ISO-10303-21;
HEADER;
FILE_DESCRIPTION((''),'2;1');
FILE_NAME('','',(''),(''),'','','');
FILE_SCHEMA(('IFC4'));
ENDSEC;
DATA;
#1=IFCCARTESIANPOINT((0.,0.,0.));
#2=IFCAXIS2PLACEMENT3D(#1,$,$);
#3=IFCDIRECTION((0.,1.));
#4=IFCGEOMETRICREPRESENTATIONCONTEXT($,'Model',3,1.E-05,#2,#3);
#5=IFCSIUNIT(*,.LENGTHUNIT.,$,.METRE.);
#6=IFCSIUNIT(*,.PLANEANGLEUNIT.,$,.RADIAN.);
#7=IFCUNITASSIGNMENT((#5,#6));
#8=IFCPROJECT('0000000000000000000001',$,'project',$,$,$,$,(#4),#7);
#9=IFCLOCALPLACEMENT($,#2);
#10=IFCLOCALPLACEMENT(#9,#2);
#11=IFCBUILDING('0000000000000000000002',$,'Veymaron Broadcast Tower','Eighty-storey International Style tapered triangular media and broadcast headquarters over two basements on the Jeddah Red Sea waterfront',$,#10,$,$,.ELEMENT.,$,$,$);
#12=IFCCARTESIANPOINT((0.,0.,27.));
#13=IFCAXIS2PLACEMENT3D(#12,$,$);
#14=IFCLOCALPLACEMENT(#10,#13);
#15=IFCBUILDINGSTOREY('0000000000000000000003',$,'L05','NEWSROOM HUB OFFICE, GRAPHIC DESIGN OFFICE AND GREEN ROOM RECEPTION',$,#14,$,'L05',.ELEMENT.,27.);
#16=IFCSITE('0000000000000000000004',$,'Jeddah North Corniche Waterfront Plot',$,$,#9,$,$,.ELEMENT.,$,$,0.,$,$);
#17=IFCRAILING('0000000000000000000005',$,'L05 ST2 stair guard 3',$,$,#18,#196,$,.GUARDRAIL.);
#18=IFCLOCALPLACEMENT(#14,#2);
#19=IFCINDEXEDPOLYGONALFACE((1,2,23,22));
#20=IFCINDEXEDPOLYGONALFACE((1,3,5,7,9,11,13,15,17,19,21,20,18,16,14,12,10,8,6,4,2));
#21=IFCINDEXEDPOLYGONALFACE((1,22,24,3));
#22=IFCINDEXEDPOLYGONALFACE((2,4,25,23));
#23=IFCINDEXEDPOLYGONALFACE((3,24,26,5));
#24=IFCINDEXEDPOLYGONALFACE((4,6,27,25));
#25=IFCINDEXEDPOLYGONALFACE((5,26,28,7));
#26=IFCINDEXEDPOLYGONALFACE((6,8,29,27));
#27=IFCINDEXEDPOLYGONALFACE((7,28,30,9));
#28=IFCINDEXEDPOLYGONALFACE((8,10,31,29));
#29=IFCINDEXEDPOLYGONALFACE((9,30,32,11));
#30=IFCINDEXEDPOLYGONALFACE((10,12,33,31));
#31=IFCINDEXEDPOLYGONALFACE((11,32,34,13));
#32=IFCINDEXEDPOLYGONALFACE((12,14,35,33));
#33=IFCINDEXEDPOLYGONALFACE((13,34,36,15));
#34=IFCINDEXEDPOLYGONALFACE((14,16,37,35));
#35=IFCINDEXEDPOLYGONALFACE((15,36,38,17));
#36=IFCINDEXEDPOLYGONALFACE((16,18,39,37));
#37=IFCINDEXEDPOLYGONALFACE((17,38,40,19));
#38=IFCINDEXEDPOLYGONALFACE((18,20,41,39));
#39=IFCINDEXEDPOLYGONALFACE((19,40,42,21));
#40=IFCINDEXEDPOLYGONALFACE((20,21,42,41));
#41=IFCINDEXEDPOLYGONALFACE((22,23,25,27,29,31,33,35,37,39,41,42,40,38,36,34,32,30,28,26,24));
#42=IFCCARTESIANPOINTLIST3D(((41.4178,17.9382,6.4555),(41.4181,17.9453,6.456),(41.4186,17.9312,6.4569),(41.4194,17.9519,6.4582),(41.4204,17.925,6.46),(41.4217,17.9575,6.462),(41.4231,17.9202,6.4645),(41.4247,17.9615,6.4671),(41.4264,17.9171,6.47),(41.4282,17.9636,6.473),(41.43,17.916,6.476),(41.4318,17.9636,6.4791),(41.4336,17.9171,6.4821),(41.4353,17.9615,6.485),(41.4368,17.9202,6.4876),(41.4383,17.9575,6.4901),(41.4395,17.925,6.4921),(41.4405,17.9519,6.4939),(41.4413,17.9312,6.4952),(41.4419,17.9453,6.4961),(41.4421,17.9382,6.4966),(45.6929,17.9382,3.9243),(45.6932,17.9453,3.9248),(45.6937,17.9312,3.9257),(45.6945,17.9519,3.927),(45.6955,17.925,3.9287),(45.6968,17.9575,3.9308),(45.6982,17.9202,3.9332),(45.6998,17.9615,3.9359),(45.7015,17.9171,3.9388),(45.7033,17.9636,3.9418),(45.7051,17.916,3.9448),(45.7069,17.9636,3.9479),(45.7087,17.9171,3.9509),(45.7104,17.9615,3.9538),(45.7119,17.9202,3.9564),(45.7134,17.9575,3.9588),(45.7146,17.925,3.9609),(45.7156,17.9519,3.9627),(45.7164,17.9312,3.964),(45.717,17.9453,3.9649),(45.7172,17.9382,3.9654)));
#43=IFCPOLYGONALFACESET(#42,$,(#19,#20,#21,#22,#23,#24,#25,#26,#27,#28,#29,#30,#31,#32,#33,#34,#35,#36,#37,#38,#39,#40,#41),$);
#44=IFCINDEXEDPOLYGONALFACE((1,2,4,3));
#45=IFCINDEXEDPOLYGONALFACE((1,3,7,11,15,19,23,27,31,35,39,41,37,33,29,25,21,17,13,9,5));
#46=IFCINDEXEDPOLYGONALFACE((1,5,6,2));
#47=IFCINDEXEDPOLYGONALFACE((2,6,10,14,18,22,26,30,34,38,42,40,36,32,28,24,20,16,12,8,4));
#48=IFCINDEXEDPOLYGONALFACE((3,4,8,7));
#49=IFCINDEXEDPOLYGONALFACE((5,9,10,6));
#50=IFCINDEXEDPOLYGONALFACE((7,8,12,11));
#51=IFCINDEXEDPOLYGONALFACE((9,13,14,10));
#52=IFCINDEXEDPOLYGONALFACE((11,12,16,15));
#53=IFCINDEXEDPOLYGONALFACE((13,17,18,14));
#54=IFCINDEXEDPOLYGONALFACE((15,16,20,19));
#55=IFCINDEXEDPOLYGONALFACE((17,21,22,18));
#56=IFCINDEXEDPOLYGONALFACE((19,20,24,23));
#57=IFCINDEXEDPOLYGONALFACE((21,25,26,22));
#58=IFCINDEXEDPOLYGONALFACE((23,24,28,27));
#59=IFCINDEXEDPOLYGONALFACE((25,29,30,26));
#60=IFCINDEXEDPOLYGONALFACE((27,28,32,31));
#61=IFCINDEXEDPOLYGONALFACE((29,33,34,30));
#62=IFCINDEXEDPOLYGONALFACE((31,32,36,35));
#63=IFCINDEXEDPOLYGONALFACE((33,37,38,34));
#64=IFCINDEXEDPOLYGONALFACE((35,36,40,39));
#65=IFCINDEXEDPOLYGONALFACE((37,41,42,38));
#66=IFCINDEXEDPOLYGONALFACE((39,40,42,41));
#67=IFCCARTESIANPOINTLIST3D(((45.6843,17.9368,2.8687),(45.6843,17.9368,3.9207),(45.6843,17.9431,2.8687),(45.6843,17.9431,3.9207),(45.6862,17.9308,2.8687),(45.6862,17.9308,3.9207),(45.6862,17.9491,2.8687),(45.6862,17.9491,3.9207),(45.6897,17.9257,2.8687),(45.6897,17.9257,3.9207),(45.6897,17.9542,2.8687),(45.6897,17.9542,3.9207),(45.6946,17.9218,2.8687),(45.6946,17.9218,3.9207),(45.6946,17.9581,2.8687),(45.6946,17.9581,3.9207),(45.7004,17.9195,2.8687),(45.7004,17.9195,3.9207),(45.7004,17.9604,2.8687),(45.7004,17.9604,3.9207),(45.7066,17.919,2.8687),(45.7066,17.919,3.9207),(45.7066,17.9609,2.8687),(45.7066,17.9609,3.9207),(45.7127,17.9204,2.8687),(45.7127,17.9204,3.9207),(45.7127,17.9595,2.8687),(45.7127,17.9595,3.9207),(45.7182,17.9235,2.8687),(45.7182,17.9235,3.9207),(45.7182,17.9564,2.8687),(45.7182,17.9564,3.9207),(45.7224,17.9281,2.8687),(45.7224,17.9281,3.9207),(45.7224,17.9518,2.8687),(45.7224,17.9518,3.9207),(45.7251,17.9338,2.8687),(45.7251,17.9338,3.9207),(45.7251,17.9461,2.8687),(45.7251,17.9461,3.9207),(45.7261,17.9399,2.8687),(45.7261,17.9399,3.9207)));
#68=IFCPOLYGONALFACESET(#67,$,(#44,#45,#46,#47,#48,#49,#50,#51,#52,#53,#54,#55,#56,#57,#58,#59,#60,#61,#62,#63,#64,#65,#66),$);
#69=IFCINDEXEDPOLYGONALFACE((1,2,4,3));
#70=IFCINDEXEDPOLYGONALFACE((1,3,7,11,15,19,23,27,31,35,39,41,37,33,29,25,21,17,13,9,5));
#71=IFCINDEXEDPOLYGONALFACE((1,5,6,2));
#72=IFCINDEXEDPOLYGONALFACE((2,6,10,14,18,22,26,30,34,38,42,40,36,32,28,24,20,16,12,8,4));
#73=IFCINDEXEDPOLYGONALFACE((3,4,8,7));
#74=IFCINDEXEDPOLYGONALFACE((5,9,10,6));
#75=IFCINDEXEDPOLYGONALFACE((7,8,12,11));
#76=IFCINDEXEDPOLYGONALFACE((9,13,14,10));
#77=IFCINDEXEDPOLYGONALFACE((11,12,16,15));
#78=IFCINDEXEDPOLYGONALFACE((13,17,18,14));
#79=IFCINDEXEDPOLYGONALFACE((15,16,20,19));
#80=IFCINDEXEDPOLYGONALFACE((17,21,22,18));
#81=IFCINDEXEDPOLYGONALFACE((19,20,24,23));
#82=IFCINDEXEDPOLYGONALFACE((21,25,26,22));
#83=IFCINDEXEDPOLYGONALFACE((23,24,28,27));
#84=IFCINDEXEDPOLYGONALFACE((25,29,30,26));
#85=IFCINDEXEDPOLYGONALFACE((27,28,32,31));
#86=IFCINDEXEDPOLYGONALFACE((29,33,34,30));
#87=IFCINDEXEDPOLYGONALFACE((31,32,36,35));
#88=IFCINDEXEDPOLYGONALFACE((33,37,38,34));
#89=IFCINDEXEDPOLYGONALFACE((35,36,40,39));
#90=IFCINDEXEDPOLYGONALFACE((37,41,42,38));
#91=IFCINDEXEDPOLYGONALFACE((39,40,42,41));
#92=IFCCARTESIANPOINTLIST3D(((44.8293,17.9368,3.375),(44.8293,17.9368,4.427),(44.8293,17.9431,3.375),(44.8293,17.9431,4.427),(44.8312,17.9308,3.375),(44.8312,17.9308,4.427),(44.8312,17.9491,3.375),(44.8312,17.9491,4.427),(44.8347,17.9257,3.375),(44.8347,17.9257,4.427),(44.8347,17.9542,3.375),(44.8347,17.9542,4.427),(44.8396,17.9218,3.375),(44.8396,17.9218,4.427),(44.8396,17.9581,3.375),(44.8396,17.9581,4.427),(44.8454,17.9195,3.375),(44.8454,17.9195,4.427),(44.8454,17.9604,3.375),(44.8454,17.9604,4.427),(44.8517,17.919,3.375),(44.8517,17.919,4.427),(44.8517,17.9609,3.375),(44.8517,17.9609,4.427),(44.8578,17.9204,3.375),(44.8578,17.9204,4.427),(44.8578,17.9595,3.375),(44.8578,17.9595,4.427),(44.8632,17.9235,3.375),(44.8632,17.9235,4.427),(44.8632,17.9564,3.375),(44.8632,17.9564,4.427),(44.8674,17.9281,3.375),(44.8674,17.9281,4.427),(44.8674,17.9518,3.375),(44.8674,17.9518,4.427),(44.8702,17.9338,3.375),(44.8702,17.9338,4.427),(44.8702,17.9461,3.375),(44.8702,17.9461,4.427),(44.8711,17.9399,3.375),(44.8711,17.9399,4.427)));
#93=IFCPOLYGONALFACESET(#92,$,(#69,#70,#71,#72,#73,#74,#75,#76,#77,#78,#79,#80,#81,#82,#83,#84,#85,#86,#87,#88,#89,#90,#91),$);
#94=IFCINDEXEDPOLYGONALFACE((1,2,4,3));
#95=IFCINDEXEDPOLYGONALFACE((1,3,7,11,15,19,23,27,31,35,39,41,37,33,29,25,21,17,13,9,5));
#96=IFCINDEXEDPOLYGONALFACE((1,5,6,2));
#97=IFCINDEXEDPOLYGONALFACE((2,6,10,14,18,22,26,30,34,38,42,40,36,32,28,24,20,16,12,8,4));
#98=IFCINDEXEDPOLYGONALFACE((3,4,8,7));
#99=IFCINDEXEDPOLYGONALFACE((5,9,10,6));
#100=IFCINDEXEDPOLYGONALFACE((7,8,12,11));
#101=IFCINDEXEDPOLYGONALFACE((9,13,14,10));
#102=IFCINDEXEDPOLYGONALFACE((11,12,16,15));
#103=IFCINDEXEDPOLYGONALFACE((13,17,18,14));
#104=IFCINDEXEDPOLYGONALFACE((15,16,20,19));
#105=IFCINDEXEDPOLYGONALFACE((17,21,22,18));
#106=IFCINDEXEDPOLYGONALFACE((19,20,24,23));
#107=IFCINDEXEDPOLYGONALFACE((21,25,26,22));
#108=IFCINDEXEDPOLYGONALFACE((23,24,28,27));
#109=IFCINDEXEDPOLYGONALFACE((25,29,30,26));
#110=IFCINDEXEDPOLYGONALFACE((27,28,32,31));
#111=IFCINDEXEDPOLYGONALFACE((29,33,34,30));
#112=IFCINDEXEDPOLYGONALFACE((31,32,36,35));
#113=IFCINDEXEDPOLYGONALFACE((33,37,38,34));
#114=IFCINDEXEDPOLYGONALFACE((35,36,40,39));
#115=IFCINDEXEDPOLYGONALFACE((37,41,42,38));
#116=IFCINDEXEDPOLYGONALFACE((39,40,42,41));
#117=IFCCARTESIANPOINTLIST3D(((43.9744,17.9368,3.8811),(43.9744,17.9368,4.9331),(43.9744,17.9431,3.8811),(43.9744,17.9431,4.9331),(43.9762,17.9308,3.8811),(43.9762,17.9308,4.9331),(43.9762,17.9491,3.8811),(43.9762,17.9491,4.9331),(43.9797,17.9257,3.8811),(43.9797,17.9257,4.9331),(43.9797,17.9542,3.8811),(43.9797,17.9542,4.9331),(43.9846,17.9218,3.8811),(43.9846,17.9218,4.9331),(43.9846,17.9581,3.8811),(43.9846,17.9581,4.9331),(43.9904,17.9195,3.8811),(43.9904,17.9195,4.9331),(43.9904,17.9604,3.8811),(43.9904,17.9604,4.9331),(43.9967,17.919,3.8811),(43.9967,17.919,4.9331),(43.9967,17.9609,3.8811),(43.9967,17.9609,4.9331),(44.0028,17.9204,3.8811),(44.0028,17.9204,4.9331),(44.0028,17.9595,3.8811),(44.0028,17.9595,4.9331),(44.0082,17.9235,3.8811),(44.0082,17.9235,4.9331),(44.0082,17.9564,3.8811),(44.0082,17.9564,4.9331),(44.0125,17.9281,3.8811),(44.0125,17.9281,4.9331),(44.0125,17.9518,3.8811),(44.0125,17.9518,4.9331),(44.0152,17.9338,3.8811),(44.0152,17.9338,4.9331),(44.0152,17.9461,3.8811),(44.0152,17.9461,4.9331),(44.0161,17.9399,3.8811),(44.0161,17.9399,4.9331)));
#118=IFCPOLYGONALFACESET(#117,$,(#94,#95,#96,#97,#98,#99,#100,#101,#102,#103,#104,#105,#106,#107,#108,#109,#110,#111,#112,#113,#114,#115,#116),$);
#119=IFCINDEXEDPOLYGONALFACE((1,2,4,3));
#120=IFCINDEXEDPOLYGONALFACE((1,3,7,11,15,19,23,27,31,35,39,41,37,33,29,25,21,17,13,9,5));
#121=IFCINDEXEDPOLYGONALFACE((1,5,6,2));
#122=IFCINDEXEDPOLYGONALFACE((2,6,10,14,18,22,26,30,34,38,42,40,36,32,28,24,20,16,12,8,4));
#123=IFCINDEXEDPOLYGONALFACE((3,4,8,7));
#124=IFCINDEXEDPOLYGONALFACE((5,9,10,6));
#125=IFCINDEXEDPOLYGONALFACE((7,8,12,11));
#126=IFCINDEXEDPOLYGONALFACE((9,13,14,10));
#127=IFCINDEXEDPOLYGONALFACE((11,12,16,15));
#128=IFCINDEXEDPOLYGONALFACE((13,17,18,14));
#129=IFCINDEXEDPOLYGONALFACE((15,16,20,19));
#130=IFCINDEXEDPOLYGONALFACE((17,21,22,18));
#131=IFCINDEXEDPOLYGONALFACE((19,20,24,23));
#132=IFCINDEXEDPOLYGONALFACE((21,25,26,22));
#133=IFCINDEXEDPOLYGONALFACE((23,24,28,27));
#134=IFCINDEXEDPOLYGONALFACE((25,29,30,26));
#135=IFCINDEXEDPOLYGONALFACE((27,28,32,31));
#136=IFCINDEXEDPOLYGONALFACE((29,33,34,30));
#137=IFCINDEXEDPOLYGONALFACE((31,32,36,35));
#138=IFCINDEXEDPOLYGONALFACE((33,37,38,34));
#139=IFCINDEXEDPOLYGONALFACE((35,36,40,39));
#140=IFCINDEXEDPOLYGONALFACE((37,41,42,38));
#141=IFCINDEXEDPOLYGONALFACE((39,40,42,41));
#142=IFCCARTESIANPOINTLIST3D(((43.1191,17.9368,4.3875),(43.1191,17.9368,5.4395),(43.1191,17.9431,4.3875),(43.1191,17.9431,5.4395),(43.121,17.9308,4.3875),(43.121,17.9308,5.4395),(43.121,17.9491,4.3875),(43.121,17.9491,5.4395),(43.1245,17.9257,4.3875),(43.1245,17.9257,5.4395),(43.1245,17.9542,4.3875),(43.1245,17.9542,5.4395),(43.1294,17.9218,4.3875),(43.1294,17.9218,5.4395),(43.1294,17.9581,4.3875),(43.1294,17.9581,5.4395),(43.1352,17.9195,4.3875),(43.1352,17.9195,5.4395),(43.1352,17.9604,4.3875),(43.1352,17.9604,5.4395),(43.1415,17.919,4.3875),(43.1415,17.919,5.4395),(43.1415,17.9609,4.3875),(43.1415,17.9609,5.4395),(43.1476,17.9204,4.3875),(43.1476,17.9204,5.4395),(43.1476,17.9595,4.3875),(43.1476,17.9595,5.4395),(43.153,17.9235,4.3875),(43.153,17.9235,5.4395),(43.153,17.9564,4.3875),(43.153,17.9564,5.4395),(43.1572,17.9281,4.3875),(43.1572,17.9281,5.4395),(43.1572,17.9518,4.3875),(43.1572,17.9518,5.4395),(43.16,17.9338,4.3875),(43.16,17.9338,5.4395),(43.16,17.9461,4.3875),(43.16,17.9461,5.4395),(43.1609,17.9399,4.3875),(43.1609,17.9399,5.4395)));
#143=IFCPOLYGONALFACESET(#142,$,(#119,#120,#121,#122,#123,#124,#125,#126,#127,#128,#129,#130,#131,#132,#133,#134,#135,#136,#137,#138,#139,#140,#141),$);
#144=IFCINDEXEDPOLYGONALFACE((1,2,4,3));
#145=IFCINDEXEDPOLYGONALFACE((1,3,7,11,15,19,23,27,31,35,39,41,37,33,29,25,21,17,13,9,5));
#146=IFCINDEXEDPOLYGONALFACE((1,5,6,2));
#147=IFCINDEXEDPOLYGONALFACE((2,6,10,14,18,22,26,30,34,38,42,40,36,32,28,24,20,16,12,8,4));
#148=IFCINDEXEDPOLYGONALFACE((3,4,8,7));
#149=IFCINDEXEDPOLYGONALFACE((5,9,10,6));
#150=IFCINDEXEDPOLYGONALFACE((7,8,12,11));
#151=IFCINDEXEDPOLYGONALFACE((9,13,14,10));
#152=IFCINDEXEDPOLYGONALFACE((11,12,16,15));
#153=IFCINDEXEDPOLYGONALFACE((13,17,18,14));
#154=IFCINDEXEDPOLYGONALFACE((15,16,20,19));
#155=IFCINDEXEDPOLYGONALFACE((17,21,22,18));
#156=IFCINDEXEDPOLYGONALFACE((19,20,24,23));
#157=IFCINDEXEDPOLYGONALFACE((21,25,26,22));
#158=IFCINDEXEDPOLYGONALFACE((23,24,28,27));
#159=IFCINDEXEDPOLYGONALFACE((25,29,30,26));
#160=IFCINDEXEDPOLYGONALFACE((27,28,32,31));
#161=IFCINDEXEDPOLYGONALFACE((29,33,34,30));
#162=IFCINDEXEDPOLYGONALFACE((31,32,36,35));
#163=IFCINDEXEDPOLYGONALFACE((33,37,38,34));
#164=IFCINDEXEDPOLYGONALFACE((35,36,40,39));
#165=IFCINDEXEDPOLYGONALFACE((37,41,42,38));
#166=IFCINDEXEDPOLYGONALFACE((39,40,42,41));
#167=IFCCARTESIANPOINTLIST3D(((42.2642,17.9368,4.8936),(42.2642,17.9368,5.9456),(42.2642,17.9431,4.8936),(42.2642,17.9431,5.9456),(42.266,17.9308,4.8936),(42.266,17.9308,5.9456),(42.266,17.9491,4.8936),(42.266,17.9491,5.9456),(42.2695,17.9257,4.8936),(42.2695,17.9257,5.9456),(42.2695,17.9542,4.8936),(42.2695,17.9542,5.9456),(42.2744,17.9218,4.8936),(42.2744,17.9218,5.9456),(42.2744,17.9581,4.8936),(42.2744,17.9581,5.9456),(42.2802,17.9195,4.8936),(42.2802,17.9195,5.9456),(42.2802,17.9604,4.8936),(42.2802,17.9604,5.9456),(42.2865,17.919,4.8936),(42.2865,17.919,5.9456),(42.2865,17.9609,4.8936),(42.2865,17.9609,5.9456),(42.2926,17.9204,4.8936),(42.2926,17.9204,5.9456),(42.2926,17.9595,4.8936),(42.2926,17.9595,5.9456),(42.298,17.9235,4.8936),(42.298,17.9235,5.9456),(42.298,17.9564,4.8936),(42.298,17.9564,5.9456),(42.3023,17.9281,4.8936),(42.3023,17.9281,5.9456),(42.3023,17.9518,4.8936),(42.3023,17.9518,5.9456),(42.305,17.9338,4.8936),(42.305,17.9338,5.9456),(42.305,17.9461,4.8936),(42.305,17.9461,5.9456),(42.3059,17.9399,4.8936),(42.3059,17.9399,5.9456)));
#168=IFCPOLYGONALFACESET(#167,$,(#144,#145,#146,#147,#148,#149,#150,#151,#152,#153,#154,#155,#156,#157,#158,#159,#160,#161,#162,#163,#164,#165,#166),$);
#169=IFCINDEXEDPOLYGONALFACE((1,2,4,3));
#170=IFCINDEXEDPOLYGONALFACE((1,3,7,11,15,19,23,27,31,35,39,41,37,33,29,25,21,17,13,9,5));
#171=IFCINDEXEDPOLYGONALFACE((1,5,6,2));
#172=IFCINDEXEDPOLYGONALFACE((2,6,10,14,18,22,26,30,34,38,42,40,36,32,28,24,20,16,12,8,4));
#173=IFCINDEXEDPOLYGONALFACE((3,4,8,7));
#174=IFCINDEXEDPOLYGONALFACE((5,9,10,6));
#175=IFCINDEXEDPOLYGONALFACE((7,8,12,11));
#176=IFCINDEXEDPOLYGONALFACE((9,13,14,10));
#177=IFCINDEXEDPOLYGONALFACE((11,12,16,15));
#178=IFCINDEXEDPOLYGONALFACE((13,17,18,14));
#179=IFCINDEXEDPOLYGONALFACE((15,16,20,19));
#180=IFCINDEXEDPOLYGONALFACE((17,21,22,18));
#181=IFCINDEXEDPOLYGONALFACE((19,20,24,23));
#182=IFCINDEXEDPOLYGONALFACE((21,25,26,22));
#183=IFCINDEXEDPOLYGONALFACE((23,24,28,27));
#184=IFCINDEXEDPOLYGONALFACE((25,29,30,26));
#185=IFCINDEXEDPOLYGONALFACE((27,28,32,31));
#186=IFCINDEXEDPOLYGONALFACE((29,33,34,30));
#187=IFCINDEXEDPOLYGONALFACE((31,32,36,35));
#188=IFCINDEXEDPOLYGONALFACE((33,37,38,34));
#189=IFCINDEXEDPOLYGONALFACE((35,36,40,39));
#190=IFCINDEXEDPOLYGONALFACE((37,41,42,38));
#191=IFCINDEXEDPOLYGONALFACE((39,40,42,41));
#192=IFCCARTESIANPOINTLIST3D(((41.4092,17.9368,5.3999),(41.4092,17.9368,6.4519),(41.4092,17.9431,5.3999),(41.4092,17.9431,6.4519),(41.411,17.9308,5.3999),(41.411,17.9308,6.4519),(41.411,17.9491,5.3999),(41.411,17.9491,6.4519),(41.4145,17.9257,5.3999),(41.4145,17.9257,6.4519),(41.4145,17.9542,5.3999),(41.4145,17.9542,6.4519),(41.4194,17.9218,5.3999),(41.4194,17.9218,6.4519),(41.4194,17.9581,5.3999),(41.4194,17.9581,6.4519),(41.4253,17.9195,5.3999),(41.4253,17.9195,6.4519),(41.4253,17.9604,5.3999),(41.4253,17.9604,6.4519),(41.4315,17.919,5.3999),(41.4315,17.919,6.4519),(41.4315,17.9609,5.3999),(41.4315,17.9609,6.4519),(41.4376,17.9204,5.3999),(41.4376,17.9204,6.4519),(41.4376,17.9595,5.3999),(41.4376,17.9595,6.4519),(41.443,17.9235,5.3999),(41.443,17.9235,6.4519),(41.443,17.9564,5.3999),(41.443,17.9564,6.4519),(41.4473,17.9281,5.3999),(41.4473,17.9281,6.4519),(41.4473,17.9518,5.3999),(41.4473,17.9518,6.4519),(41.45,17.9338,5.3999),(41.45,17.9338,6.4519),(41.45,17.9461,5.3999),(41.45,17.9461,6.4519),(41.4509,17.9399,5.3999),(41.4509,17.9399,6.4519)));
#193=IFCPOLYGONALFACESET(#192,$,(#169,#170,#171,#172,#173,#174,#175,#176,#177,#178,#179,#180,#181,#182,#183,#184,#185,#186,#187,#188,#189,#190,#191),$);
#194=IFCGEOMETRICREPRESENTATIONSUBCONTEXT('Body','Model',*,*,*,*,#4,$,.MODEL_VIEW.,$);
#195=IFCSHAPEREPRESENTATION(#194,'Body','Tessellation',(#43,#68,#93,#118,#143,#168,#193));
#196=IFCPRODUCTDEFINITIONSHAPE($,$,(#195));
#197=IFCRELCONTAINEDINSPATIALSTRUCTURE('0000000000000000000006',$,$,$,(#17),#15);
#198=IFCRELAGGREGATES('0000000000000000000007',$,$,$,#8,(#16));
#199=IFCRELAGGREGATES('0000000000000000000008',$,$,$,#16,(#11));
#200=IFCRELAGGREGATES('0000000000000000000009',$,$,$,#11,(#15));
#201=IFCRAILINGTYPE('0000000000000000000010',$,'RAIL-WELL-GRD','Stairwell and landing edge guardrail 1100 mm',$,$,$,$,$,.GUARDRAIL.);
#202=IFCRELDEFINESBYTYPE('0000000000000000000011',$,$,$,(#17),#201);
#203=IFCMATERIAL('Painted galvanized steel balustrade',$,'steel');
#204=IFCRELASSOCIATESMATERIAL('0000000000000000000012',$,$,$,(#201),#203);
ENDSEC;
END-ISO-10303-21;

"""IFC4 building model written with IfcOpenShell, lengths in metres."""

from ifc_helpers import new_model, si_unit, direction, frame, origin, origin_2d, place, context, subcontext, project, spatial, circle, extrude, material, type_object, element, save


model = new_model("IFC4")

# Units and contexts
model_context = context("Model", 3, precision=1e-05, world=origin(), true_north=direction((0.0, 1.0)))
body_context = subcontext(model_context, "Body", "Model", "MODEL_VIEW")
ifc_project = project(units=[si_unit("LENGTHUNIT", "METRE"), si_unit("PLANEANGLEUNIT", "RADIAN")], contexts=[model_context])

# Site, building, storey
site_placement = place(None, origin())
site = spatial("IfcSite", under=ifc_project, at=site_placement, Name="Jeddah North Corniche Waterfront Plot", CompositionType="ELEMENT", RefElevation=0.0)
building_placement = place(site_placement, origin())
building = spatial("IfcBuilding", under=site, at=building_placement, Name="Veymaron Broadcast Tower", Description="Eighty-storey International Style tapered triangular media and broadcast headquarters over two basements on the Jeddah Red Sea waterfront", CompositionType="ELEMENT")
storey_placement = place(building_placement, frame((0.0, 0.0, 27.0)))
storey = spatial("IfcBuildingStorey", under=building, at=storey_placement, Name="L05", Description="NEWSROOM HUB OFFICE, GRAPHIC DESIGN OFFICE AND GREEN ROOM RECEPTION", LongName="L05", CompositionType="ELEMENT", Elevation=27.0)

# Railing
ifc_material_1 = material(Name="Painted galvanized steel balustrade", Category="steel")
railing_type_1 = type_object("IfcRailingType", Name="RAIL-WELL-GRD", Description="Stairwell and landing edge guardrail 1100 mm", PredefinedType="GUARDRAIL", material=ifc_material_1)
railing_1_placement = place(storey_placement, frame((45.7051, 17.9399, 2.8687)))
element("IfcRailing", 1, at=railing_1_placement, inside=storey, type_object=railing_type_1, Name="L05 ST2 stair guard 3", PredefinedType="GUARDRAIL", context=body_context, shape_type="SweptSolid", body=[
    extrude(circle(Radius=0.0239, at=origin_2d()), frame((0.0, 0.0, 1.0762), z_axis=(-0.860483, 0.0, 0.509479), x_axis=(0.0, -1.0, 0.0)), (0.0, 0.0, 1.0), 4.9683),
    extrude(circle(Radius=0.021, at=origin_2d()), origin(), (0.0, 0.0, 1.0), 1.052),
    extrude(circle(Radius=0.021, at=origin_2d()), frame((-0.855, 0.0, 0.5063)), (0.0, 0.0, 1.0), 1.052),
    extrude(circle(Radius=0.021, at=origin_2d()), frame((-1.71, 0.0, 1.0125)), (0.0, 0.0, 1.0), 1.052),
    extrude(circle(Radius=0.021, at=origin_2d()), frame((-2.5652, 0.0, 1.5188)), (0.0, 0.0, 1.0), 1.052),
    extrude(circle(Radius=0.021, at=origin_2d()), frame((-3.4202, 0.0, 2.0249)), (0.0, 0.0, 1.0), 1.052),
    extrude(circle(Radius=0.021, at=origin_2d()), frame((-4.2751, 0.0, 2.5312)), (0.0, 0.0, 1.0), 1.052),
])

save(model, "model.ifc")
